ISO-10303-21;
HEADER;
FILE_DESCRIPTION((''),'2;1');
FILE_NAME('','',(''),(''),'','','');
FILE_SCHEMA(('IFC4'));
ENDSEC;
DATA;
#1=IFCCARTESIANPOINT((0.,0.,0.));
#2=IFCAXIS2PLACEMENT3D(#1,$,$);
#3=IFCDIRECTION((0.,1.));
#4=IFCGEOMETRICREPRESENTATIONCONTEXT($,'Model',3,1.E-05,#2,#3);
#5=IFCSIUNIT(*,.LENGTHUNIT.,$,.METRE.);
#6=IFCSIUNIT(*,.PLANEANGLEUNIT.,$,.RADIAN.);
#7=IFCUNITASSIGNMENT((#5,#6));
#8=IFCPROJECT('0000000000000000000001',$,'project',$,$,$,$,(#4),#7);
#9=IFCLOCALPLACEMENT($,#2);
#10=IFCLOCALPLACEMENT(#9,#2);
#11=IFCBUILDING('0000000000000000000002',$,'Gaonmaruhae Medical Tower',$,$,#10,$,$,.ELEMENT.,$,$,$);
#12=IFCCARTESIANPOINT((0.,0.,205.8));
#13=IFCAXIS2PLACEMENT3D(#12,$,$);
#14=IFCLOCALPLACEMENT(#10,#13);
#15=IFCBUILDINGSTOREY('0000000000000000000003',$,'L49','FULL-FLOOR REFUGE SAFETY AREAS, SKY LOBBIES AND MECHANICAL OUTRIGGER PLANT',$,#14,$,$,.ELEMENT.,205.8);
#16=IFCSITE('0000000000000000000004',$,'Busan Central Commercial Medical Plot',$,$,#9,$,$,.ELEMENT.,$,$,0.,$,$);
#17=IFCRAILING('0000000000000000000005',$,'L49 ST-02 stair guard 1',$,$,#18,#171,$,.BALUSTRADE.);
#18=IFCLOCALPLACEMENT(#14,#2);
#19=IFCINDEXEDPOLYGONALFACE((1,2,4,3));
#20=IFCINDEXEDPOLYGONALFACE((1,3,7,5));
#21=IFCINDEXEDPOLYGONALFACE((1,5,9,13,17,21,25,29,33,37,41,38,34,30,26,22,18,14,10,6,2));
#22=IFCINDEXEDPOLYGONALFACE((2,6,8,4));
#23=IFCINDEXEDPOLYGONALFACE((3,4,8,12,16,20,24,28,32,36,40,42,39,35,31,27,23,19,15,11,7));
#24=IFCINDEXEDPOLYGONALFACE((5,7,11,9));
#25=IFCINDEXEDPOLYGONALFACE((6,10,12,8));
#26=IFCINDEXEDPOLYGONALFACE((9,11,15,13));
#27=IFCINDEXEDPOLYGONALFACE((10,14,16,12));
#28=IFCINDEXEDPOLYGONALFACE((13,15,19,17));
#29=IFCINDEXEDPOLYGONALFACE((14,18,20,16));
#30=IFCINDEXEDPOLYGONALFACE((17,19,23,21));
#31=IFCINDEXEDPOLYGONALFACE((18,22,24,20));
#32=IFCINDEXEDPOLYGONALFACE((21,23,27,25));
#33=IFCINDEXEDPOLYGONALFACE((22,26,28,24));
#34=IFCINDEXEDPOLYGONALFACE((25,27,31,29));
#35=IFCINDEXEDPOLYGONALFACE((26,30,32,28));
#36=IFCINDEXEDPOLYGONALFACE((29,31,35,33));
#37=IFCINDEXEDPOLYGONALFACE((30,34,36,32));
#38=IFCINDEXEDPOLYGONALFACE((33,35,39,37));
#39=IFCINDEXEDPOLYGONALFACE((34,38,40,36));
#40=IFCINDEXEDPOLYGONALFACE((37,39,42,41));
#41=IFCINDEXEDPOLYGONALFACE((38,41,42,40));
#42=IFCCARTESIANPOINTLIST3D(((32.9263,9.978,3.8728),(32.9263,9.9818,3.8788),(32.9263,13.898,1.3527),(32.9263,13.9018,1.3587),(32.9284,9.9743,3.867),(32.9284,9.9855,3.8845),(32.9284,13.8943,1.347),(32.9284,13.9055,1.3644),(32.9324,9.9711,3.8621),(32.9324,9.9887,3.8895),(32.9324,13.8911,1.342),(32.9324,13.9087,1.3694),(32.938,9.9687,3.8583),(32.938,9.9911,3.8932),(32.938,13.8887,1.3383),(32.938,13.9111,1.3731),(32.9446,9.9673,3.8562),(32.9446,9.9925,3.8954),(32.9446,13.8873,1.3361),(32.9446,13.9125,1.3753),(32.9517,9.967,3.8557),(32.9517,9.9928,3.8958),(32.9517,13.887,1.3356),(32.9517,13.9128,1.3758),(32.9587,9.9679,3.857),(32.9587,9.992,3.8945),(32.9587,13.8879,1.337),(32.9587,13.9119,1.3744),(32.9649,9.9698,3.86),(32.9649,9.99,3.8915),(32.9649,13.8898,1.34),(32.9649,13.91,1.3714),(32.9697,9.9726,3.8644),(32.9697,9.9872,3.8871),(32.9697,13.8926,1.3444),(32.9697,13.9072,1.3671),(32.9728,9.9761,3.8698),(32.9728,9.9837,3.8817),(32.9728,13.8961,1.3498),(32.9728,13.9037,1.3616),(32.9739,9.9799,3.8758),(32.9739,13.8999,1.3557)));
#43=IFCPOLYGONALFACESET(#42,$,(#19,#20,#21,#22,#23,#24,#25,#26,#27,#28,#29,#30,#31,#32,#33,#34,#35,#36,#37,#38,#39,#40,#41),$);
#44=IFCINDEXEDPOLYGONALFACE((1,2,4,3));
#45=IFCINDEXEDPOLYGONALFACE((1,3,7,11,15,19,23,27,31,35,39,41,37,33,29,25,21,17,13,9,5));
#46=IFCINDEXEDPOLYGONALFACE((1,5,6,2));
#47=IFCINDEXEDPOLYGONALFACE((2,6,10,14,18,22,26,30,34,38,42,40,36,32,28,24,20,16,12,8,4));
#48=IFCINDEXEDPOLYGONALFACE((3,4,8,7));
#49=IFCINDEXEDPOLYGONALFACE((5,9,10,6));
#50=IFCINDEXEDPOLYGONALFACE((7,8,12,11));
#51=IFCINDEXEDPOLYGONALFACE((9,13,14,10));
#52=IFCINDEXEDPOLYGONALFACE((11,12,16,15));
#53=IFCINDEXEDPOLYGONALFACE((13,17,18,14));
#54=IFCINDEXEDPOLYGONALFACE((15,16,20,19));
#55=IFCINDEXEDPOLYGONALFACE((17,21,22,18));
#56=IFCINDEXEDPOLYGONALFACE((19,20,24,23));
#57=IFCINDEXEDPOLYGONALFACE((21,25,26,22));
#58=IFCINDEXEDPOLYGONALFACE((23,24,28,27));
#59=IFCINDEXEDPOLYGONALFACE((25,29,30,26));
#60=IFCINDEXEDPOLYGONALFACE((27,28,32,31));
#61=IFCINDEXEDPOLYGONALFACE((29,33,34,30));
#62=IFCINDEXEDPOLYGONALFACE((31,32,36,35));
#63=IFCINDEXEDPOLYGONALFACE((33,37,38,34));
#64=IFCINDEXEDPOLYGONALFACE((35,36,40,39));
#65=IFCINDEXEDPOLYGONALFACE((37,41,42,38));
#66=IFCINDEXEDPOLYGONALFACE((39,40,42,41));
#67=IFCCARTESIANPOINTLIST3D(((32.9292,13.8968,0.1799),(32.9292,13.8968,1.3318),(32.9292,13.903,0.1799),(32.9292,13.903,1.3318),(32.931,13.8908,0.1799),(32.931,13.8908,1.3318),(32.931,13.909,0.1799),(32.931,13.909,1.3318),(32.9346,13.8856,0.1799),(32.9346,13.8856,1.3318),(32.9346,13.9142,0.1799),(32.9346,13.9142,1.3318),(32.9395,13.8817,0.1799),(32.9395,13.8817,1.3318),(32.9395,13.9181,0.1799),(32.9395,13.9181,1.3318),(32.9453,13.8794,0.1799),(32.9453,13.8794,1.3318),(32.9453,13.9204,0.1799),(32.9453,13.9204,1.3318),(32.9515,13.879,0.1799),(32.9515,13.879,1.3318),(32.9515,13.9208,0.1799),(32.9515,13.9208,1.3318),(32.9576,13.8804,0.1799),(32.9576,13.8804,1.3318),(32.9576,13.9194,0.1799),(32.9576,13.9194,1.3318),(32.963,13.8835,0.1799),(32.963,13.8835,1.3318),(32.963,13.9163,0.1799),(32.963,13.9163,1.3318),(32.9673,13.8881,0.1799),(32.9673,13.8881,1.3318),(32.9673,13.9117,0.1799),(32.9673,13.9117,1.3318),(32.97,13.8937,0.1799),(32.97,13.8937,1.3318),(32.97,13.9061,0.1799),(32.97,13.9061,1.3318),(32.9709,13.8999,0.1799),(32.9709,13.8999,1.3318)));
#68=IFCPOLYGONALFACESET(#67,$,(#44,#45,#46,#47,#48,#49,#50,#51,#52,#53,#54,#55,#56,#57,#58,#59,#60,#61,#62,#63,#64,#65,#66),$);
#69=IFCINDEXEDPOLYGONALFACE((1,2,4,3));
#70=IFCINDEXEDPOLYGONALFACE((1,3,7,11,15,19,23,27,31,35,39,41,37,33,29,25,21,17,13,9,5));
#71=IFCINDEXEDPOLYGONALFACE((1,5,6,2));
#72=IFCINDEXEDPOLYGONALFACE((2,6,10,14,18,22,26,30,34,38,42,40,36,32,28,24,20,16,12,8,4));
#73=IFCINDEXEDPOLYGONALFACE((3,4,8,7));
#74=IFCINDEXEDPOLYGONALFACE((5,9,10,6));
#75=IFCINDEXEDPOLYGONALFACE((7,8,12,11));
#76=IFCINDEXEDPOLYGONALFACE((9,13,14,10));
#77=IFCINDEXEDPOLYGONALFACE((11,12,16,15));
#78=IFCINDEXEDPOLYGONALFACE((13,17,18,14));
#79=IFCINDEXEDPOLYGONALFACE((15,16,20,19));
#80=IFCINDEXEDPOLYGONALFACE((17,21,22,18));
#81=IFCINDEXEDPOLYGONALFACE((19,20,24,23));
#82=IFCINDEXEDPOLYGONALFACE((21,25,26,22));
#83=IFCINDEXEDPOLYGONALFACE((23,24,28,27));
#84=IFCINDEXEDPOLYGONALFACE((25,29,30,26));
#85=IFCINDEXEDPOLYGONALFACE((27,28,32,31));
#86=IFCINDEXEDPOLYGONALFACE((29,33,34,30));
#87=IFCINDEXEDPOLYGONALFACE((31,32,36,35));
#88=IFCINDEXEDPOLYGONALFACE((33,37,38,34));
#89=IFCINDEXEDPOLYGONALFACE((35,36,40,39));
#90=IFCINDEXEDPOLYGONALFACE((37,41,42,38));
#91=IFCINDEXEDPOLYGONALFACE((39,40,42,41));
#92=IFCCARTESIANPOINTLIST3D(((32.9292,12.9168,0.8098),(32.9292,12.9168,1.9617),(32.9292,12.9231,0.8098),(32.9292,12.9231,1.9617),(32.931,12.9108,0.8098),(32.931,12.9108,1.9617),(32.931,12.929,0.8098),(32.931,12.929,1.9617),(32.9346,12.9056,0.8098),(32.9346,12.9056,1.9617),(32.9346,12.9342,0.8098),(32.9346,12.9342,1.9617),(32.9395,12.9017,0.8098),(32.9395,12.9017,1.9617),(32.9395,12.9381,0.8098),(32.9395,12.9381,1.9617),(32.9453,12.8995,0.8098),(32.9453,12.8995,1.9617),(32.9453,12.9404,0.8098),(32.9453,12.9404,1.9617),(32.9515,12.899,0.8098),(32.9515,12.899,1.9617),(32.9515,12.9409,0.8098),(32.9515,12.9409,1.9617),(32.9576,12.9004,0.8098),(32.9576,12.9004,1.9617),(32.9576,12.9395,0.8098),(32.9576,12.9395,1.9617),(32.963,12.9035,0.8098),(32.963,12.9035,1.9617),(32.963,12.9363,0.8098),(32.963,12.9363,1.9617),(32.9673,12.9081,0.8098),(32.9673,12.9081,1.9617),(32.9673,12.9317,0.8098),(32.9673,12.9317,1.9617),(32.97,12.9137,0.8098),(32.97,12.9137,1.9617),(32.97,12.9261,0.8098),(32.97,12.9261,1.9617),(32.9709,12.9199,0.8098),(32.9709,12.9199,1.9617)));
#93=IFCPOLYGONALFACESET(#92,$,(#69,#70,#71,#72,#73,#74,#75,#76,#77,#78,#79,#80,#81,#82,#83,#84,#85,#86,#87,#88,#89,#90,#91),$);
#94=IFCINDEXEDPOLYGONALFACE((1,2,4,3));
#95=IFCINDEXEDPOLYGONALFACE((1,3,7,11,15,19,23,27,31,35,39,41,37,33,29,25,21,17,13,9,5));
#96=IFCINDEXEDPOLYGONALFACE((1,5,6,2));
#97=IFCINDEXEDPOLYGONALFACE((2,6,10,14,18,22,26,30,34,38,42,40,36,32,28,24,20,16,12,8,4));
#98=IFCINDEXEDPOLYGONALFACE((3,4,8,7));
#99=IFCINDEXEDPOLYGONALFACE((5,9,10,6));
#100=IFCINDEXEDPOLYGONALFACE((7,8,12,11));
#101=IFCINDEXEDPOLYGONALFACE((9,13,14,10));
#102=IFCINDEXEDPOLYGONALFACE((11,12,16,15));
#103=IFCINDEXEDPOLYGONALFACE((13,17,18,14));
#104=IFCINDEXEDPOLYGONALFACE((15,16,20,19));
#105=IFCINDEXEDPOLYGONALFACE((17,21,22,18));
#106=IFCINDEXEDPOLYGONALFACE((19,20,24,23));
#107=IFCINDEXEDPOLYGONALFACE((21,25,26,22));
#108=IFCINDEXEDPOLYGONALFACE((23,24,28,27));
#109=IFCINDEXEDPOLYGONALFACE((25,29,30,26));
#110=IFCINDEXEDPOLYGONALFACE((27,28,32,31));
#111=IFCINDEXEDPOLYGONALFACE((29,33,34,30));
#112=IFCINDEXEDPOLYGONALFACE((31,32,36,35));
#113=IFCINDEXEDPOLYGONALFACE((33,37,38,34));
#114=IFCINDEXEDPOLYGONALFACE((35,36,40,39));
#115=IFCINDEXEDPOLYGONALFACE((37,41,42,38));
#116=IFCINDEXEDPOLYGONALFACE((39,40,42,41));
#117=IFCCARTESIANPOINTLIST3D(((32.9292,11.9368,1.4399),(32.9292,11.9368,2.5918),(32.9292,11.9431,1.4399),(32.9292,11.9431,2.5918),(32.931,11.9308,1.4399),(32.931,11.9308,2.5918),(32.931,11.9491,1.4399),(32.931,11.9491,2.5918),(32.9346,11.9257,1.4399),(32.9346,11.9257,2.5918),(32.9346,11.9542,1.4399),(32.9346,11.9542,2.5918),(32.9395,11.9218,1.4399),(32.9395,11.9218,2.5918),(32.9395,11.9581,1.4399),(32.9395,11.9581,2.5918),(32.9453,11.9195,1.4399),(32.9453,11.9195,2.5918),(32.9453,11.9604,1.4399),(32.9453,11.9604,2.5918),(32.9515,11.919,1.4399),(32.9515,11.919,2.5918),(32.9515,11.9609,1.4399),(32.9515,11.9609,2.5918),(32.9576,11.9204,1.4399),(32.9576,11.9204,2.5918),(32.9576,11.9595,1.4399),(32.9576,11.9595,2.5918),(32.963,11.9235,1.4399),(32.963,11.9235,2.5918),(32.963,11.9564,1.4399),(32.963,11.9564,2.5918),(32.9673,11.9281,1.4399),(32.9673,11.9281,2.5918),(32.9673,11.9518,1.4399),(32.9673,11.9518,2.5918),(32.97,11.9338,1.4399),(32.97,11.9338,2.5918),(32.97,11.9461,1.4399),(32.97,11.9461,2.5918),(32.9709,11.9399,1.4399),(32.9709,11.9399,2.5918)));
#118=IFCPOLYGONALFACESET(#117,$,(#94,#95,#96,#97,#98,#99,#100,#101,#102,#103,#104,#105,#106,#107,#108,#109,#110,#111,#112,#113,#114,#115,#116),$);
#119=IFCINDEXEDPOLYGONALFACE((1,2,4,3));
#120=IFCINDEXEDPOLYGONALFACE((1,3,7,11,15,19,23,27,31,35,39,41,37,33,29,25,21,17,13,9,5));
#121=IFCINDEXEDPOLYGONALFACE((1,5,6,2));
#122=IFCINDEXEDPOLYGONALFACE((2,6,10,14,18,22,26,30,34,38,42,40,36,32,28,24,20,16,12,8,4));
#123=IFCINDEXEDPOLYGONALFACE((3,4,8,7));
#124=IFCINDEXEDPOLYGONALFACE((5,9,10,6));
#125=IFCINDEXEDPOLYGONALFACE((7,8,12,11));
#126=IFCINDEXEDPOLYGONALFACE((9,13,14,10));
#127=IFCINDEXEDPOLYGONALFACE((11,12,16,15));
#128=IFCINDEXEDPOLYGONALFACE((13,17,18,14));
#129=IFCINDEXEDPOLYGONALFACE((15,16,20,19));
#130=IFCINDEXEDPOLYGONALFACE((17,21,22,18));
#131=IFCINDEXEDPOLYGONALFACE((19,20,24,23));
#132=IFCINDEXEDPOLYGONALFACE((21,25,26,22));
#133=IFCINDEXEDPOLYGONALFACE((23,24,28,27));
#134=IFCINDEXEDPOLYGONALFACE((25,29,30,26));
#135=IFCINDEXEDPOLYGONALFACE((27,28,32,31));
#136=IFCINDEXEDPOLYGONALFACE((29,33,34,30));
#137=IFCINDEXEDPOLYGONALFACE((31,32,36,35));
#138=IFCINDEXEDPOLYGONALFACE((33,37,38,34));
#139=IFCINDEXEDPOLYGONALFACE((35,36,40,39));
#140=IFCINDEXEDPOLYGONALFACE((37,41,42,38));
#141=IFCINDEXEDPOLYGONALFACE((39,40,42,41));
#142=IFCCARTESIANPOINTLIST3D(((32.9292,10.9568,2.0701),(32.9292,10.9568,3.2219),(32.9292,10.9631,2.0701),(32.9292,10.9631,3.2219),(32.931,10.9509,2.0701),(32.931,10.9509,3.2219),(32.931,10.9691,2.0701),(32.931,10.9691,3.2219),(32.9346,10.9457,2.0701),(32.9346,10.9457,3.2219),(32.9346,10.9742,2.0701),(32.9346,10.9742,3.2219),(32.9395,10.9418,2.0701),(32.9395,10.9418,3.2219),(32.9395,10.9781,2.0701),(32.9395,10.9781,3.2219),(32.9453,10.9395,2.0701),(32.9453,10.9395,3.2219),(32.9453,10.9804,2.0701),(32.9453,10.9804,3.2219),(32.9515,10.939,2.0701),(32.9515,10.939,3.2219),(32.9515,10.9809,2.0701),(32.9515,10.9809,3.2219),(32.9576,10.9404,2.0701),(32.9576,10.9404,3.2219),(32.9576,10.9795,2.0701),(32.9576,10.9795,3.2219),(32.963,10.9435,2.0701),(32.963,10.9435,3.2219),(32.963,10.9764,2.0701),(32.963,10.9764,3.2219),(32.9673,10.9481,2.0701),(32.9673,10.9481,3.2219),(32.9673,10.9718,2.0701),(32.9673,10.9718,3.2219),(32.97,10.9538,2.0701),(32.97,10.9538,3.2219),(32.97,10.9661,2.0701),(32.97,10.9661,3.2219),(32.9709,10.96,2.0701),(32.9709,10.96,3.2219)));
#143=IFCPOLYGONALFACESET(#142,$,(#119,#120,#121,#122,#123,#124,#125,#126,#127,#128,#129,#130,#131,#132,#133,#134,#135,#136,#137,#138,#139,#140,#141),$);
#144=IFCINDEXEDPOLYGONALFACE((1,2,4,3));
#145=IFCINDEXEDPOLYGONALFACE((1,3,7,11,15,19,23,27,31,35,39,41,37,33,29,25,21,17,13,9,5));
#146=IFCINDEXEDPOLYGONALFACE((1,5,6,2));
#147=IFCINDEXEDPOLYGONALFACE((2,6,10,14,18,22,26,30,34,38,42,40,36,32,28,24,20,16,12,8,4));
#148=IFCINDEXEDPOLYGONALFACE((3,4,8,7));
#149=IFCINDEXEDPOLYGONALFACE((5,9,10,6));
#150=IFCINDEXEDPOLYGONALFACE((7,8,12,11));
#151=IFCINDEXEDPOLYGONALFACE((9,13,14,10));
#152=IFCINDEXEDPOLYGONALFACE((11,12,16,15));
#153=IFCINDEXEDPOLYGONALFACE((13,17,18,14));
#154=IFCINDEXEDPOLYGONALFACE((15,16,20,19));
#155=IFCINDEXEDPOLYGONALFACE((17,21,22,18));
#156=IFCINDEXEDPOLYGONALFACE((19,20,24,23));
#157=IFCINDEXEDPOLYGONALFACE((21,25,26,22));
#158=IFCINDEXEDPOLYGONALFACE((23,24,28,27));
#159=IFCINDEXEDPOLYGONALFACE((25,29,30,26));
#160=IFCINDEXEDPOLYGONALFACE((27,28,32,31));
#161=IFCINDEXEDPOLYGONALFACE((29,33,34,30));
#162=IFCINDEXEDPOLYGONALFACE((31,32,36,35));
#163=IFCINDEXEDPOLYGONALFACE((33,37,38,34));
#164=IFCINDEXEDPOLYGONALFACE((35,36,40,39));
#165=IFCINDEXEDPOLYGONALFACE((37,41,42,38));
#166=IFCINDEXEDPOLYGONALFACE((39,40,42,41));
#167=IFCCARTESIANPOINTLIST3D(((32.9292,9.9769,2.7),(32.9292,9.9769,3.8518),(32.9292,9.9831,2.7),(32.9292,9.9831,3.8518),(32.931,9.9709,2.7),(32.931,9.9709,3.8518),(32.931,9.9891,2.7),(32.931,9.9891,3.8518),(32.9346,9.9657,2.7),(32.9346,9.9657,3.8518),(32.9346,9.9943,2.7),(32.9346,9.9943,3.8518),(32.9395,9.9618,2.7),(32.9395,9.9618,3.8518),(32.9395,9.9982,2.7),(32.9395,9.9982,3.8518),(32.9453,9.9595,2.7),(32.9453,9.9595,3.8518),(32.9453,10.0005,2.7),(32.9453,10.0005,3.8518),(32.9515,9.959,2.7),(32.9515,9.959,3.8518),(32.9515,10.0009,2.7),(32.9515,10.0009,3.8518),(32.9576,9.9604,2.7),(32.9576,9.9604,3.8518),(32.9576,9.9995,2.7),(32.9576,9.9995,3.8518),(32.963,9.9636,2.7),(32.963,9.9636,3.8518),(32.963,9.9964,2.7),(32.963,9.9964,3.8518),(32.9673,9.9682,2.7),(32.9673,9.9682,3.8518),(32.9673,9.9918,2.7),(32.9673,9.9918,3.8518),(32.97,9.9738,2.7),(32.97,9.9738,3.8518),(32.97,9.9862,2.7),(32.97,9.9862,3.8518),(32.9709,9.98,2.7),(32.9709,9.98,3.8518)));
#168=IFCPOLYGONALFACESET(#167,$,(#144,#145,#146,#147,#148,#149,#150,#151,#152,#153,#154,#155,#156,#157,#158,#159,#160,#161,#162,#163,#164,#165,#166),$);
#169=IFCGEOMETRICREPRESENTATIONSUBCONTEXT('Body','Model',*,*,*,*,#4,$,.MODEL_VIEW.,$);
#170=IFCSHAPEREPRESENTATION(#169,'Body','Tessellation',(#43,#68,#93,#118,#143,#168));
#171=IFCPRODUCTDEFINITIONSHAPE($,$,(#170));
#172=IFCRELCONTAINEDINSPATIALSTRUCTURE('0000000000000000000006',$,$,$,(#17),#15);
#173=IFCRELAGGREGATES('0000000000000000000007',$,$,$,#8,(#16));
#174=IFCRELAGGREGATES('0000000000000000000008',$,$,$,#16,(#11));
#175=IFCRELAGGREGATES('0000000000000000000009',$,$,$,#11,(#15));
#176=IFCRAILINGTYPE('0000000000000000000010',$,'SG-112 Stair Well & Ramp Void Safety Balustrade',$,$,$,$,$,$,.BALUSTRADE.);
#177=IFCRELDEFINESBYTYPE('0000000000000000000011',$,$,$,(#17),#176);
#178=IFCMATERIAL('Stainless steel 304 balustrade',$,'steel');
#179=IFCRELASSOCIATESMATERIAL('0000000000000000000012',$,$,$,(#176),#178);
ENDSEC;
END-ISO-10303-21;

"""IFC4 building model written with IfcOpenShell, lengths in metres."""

from ifc_helpers import new_model, si_unit, direction, frame, origin, origin_2d, place, context, subcontext, project, spatial, circle, extrude, material, type_object, element, save


model = new_model("IFC4")

# Units and contexts
model_context = context("Model", 3, precision=1e-05, world=origin(), true_north=direction((0.0, 1.0)))
body_context = subcontext(model_context, "Body", "Model", "MODEL_VIEW")
ifc_project = project(units=[si_unit("LENGTHUNIT", "METRE"), si_unit("PLANEANGLEUNIT", "RADIAN")], contexts=[model_context])

# Site, building, storey
site_placement = place(None, origin())
site = spatial("IfcSite", under=ifc_project, at=site_placement, Name="Busan Central Commercial Medical Plot", CompositionType="ELEMENT", RefElevation=0.0)
building_placement = place(site_placement, origin())
building = spatial("IfcBuilding", under=site, at=building_placement, Name="Gaonmaruhae Medical Tower", CompositionType="ELEMENT")
storey_placement = place(building_placement, frame((0.0, 0.0, 205.8)))
storey = spatial("IfcBuildingStorey", under=building, at=storey_placement, Name="L49", Description="FULL-FLOOR REFUGE SAFETY AREAS, SKY LOBBIES AND MECHANICAL OUTRIGGER PLANT", CompositionType="ELEMENT", Elevation=205.8)

# Railing
ifc_material_1 = material(Name="Stainless steel 304 balustrade", Category="steel")
railing_type_1 = type_object("IfcRailingType", Name="SG-112 Stair Well & Ramp Void Safety Balustrade", PredefinedType="BALUSTRADE", material=ifc_material_1)
railing_1_placement = place(storey_placement, frame((32.95, 13.8999, 0.1799)))
element("IfcRailing", 1, at=railing_1_placement, inside=storey, type_object=railing_type_1, Name="L49 ST-02 stair guard 1", PredefinedType="BALUSTRADE", context=body_context, shape_type="SweptSolid", body=[
    extrude(circle(Radius=0.0239, at=origin_2d()), frame((0.0, 0.0, 1.1758), z_axis=(0.0, -0.841172, 0.540768), x_axis=(1.0, 0.0, 0.0)), (0.0, 0.0, 1.0), 4.6602),
    extrude(circle(Radius=0.021, at=origin_2d()), origin(), (0.0, 0.0, 1.0), 1.1519),
    extrude(circle(Radius=0.021, at=origin_2d()), frame((0.0, -0.98, 0.6299)), (0.0, 0.0, 1.0), 1.1519),
    extrude(circle(Radius=0.021, at=origin_2d()), frame((0.0, -1.96, 1.26)), (0.0, 0.0, 1.0), 1.1519),
    extrude(circle(Radius=0.021, at=origin_2d()), frame((0.0, -2.9399, 1.8901)), (0.0, 0.0, 1.0), 1.1519),
    extrude(circle(Radius=0.021, at=origin_2d()), frame((0.0, -3.9199, 2.52)), (0.0, 0.0, 1.0), 1.1519),
])

save(model, "model.ifc")
